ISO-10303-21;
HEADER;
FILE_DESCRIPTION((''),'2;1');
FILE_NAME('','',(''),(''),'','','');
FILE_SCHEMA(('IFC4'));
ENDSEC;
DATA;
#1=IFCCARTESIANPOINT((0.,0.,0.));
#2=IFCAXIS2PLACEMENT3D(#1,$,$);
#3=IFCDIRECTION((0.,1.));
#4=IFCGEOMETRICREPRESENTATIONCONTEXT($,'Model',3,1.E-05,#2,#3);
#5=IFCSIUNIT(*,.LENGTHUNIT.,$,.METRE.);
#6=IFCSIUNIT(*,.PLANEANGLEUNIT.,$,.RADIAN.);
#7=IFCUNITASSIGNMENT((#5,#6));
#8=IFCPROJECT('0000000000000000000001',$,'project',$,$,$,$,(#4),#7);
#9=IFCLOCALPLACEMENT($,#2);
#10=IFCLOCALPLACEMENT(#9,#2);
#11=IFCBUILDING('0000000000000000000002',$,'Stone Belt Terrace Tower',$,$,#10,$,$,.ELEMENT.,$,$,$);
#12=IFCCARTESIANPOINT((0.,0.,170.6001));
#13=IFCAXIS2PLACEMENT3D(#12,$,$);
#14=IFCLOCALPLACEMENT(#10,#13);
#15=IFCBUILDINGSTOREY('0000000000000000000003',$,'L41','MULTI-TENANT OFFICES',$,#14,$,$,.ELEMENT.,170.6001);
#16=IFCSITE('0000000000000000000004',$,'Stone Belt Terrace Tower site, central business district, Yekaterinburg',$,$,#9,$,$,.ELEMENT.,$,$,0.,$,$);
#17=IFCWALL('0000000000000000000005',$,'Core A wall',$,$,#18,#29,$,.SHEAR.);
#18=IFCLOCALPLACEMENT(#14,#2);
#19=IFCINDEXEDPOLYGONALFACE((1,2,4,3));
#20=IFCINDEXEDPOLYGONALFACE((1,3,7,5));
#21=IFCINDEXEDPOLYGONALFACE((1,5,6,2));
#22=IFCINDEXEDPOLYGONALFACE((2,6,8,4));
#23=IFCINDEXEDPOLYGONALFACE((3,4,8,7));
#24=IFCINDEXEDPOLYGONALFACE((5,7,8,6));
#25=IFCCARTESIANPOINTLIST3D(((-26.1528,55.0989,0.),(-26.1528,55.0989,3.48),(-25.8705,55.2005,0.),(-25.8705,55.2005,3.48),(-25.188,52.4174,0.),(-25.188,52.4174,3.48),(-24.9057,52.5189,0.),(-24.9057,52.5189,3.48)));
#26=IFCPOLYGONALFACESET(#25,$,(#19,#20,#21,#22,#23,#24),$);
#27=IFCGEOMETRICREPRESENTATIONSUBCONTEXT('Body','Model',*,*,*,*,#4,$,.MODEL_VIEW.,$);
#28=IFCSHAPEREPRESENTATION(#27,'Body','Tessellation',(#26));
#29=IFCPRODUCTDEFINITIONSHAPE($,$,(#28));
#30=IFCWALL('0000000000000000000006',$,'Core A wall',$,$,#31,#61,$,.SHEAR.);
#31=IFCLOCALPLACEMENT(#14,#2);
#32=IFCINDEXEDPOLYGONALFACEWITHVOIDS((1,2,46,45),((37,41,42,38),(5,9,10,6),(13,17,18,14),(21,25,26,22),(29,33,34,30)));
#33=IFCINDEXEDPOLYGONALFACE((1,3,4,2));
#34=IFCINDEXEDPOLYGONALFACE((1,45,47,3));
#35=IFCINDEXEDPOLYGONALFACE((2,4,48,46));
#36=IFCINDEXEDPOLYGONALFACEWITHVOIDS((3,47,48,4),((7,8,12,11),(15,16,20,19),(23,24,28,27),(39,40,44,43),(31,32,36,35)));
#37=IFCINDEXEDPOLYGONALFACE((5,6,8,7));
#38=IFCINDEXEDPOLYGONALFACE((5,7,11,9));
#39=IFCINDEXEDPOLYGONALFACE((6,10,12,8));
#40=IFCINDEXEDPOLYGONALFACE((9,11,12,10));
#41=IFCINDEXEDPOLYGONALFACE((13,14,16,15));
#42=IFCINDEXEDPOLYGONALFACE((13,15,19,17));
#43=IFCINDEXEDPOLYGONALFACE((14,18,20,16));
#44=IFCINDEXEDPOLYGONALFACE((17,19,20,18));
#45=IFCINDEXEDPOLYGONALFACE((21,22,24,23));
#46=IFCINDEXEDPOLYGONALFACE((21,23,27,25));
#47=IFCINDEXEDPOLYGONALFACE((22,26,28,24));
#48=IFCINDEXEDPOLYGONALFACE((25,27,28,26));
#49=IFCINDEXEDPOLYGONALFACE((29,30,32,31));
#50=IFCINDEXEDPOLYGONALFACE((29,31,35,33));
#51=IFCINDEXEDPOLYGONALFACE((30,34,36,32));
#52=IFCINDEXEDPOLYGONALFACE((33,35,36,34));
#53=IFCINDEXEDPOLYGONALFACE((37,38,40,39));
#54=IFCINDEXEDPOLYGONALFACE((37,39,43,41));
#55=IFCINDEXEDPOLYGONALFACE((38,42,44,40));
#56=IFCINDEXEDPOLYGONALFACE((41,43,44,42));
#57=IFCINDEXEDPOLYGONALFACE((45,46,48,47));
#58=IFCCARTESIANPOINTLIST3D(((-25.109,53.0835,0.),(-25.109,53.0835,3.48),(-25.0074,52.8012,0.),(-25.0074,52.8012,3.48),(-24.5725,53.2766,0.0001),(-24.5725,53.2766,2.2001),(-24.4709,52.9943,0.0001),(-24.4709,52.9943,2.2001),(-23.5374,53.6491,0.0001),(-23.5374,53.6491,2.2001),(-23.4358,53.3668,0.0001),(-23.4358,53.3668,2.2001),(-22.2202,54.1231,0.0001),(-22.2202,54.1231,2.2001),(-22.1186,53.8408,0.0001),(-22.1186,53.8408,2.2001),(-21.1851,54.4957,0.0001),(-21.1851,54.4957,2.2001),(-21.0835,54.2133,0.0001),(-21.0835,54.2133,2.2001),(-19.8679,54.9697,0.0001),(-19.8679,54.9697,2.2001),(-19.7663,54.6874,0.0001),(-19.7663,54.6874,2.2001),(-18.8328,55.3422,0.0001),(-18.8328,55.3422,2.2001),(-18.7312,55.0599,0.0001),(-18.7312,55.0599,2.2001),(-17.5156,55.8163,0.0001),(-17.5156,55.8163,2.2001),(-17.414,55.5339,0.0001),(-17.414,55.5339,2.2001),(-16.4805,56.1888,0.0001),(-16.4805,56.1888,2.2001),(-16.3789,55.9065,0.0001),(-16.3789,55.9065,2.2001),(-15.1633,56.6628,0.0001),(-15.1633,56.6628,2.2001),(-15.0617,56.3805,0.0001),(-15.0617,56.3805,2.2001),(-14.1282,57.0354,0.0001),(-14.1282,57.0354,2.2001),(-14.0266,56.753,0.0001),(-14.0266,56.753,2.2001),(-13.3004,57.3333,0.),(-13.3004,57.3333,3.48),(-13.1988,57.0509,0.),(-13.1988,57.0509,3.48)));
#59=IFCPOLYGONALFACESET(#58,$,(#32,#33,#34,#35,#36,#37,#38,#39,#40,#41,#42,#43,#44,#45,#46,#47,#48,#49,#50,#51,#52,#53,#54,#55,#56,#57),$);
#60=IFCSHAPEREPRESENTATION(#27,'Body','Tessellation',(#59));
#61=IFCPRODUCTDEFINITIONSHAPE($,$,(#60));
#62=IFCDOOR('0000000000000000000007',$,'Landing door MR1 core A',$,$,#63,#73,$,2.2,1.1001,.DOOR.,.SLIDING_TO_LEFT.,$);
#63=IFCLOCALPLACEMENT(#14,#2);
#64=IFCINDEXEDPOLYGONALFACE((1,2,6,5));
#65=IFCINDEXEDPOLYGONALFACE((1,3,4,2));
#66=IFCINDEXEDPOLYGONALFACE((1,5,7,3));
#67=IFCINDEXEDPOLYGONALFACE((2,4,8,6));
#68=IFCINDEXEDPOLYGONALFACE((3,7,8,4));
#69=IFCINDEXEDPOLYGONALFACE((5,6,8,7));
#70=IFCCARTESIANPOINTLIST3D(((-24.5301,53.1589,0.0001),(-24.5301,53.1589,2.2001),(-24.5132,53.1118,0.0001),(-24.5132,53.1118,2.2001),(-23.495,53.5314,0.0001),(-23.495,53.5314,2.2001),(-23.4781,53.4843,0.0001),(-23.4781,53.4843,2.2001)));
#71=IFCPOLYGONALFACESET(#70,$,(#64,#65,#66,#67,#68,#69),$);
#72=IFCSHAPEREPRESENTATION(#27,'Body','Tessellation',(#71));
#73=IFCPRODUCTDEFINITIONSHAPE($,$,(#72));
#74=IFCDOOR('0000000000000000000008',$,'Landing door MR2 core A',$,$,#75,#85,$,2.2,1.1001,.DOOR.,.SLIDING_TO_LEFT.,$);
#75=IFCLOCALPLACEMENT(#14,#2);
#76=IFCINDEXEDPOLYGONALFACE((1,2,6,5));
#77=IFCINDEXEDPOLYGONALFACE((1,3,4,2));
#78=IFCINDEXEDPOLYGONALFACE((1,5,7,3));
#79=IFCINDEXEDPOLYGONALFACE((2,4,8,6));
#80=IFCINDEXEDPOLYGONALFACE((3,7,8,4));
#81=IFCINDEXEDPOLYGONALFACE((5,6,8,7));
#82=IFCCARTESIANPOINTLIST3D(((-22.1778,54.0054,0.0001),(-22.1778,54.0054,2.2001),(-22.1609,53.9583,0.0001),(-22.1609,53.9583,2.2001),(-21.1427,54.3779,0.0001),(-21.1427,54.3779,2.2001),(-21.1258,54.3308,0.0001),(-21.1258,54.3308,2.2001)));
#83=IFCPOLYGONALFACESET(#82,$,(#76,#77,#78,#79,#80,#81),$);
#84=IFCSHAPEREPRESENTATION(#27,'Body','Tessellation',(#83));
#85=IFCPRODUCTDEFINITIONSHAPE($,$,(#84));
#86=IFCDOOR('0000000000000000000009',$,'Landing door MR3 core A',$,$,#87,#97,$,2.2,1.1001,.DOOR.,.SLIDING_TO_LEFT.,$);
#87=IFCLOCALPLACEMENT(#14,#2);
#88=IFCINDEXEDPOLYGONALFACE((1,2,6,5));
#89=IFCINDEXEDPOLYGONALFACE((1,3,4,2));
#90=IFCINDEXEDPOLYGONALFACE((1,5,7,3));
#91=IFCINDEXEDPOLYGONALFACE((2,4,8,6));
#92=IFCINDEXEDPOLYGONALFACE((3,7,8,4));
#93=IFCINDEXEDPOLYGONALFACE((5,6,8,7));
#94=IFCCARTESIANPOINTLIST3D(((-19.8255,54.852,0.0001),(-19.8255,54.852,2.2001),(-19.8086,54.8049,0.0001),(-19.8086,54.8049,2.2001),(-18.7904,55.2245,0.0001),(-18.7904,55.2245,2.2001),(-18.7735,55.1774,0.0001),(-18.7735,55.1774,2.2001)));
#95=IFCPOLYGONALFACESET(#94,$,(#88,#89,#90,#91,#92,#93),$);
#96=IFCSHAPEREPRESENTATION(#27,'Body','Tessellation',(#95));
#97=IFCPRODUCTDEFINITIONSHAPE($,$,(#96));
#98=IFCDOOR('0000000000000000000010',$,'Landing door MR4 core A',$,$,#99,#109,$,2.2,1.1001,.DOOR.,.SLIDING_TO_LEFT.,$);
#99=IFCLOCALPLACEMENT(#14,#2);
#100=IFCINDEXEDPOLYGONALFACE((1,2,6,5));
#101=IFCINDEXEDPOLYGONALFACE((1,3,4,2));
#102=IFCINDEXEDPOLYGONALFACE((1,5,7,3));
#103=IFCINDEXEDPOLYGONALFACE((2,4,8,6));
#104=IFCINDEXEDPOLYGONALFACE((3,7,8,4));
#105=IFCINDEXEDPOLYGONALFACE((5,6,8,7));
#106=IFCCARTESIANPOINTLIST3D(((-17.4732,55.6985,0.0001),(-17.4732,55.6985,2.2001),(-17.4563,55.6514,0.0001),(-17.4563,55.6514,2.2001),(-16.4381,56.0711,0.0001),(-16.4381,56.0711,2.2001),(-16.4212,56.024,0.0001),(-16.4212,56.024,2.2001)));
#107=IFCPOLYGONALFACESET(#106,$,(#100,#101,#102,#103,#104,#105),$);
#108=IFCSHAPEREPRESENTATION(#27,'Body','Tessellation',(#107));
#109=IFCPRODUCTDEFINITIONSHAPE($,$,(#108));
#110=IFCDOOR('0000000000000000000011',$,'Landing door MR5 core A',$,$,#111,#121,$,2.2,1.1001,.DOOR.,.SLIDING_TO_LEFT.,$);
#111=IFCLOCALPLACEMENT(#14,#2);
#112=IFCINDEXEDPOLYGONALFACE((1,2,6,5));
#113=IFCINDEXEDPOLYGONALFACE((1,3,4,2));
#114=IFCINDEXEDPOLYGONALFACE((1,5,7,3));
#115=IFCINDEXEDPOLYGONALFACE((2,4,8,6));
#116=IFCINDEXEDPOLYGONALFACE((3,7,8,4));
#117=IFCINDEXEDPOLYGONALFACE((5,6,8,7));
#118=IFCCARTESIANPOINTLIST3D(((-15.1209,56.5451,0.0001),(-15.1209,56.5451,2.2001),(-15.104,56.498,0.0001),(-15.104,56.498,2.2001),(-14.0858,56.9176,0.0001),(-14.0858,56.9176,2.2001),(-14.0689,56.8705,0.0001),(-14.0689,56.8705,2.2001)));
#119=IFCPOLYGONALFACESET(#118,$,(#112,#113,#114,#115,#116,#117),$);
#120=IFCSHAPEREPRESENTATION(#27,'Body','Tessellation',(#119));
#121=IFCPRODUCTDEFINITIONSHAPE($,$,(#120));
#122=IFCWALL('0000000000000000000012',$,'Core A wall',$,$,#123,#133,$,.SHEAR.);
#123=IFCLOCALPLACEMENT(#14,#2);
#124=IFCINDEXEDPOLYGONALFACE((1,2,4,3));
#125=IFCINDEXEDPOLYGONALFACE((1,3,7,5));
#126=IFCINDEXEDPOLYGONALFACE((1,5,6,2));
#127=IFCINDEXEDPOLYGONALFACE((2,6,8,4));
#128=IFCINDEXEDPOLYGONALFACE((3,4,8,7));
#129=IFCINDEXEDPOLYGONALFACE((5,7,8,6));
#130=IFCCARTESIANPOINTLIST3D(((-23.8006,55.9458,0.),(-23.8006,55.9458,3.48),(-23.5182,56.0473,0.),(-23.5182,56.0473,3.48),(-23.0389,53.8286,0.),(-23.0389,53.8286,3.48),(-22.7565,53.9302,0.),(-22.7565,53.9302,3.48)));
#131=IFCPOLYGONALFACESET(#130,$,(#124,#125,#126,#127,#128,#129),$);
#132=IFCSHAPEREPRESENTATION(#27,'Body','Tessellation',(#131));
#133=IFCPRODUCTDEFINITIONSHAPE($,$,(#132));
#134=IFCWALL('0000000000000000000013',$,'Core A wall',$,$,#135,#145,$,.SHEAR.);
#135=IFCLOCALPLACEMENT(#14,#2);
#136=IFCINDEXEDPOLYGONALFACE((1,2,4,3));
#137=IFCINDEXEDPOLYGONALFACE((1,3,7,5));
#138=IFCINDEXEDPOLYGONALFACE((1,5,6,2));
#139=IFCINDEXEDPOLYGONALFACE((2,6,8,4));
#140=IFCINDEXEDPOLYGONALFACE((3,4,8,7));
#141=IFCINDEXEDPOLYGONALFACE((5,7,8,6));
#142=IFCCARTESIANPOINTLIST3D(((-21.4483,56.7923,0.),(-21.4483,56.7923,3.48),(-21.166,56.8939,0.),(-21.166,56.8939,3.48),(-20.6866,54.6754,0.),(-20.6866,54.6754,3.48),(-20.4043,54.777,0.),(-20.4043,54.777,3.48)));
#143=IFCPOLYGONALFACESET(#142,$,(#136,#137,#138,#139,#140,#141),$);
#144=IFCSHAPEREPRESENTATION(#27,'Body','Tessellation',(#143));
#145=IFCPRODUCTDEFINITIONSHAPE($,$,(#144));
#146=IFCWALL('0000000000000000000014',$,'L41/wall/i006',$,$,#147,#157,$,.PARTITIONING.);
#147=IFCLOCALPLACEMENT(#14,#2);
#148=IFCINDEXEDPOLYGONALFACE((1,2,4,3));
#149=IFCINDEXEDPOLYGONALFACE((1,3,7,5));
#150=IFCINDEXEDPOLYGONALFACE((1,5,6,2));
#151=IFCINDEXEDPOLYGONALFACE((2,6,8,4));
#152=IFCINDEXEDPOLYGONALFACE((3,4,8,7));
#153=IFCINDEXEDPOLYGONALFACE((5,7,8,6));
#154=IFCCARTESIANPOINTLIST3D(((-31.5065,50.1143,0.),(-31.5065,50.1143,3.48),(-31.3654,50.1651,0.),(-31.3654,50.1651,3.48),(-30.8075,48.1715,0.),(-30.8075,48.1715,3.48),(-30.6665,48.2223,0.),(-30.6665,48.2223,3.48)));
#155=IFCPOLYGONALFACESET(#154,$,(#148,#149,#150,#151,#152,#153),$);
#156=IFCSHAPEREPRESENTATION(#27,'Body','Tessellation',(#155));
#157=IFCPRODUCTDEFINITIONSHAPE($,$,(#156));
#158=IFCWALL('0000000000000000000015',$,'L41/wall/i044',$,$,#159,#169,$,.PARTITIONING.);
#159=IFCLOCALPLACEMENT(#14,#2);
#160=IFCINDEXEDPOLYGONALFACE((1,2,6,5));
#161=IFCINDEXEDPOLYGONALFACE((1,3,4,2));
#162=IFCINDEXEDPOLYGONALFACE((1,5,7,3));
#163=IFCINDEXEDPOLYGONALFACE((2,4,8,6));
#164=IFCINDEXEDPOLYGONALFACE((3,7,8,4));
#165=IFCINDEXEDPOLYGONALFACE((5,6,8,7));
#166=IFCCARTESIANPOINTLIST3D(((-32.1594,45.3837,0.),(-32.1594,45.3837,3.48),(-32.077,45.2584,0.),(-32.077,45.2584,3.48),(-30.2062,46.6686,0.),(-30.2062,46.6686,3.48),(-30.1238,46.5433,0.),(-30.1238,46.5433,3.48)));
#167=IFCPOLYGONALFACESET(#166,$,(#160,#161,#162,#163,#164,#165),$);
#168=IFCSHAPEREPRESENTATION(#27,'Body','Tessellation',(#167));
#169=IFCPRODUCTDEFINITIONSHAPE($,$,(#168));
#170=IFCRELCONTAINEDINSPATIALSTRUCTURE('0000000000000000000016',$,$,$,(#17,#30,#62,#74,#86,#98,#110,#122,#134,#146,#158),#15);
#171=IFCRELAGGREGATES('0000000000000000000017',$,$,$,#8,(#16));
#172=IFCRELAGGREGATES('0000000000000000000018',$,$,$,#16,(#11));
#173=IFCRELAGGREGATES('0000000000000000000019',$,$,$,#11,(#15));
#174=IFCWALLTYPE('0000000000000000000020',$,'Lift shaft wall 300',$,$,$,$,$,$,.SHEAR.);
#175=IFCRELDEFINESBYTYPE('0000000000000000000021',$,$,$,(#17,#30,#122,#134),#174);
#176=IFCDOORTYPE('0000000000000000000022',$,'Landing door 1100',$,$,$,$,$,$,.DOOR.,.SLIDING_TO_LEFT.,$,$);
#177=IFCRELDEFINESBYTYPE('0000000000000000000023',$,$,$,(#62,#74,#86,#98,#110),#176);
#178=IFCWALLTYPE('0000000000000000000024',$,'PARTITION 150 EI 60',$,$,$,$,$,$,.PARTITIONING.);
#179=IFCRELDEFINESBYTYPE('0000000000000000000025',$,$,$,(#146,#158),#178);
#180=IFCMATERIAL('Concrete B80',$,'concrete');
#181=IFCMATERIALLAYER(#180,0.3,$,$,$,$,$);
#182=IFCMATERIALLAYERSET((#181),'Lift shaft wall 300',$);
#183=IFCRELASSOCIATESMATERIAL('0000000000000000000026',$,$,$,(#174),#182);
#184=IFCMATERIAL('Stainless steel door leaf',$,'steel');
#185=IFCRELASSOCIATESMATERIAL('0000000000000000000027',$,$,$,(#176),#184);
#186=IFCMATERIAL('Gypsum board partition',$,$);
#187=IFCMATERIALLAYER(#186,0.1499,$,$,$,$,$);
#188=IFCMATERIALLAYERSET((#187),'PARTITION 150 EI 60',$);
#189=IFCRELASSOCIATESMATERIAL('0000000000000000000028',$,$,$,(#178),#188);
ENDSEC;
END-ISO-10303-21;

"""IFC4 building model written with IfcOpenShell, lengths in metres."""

from ifc_helpers import new_model, si_unit, direction, frame, frame_2d, origin, place, context, subcontext, project, spatial, rectangle, extrude, material, layer, layer_set, type_object, element, fill, save


model = new_model("IFC4")

# Units and contexts
model_context = context("Model", 3, precision=1e-05, world=origin(), true_north=direction((0.0, 1.0)))
body_context = subcontext(model_context, "Body", "Model", "MODEL_VIEW")
ifc_project = project(units=[si_unit("LENGTHUNIT", "METRE"), si_unit("PLANEANGLEUNIT", "RADIAN")], contexts=[model_context])

# Site, building, storey
site_placement = place(None, origin())
site = spatial("IfcSite", under=ifc_project, at=site_placement, Name="Stone Belt Terrace Tower site, central business district, Yekaterinburg", CompositionType="ELEMENT", RefElevation=0.0)
building_placement = place(site_placement, origin())
building = spatial("IfcBuilding", under=site, at=building_placement, Name="Stone Belt Terrace Tower", CompositionType="ELEMENT")
storey_placement = place(building_placement, frame((0.0, 0.0, 170.6001)))
storey = spatial("IfcBuildingStorey", under=building, at=storey_placement, Name="L41", Description="MULTI-TENANT OFFICES", CompositionType="ELEMENT", Elevation=170.6001)

# Shared definitions
ifc_material_1 = material(Name="Concrete B80", Category="concrete")

# Shared definitions
ifc_layer_1 = layer(ifc_material_1, 0.3)
ifc_layer_set_1 = layer_set([ifc_layer_1], Name="Lift shaft wall 300")
wall_type_1 = type_object("IfcWallType", Name="Lift shaft wall 300", PredefinedType="SHEAR", material=ifc_layer_set_1)
ifc_material_2 = material(Name="Stainless steel door leaf", Category="steel")

# Wall
wall_1_placement = place(storey_placement, frame((-25.0469, 52.4683, 0.0), z_axis=(0.0, 0.0, 1.0), x_axis=(-0.33855, 0.940949, 0.0)))
element("IfcWall", 1, at=wall_1_placement, inside=storey, type_object=wall_type_1, Name="Core A wall", PredefinedType="SHEAR", context=body_context, shape_type="SweptSolid", body=[
    extrude(rectangle(XDim=2.8499, YDim=0.3, at=frame_2d((1.4248, 0.0))), origin(), (0.0, 0.0, 1.0), 3.48),
])

# Wall, openings, doors
wall_2_placement = place(storey_placement, frame((-25.0581, 52.9424, 0.0), z_axis=(0.0, 0.0, 1.0), x_axis=(0.940921, 0.338625, 0.0)))
wall_2 = element("IfcWall", 2, at=wall_2_placement, inside=storey, type_object=wall_type_1, Name="Core A wall", PredefinedType="SHEAR", context=body_context, shape_type="SweptSolid", body=[
    extrude(rectangle(XDim=12.55, YDim=0.3, at=frame_2d((6.2749, 0.0))), origin(), (0.0, 0.0, 1.0), 3.48),
])
opening_1_placement = place(wall_2_placement, frame((0.5701, 0.0, 0.0)))
opening_1 = element("IfcOpeningElement", 3, at=opening_1_placement, cuts=wall_2, PredefinedType="OPENING", context=body_context, shape_type="SweptSolid", body=[
    extrude(rectangle(XDim=1.1001, YDim=2.2, at=frame_2d((0.55, 1.1001))), frame((0.0, 0.1599, 0.0), z_axis=(0.0, -1.0, 0.0), x_axis=(1.0, 0.0, 0.0)), (0.0, 0.0, 1.0), 0.3201),
])
opening_2_placement = place(wall_2_placement, frame((3.0701, 0.0, 0.0)))
opening_2 = element("IfcOpeningElement", 4, at=opening_2_placement, cuts=wall_2, PredefinedType="OPENING", context=body_context, shape_type="SweptSolid", body=[
    extrude(rectangle(XDim=1.1001, YDim=2.2, at=frame_2d((0.55, 1.1001))), frame((0.0, 0.1599, 0.0), z_axis=(0.0, -1.0, 0.0), x_axis=(1.0, 0.0, 0.0)), (0.0, 0.0, 1.0), 0.3201),
])
opening_3_placement = place(wall_2_placement, frame((5.5701, 0.0, 0.0)))
opening_3 = element("IfcOpeningElement", 5, at=opening_3_placement, cuts=wall_2, PredefinedType="OPENING", context=body_context, shape_type="SweptSolid", body=[
    extrude(rectangle(XDim=1.1001, YDim=2.2, at=frame_2d((0.55, 1.1001))), frame((0.0, 0.1599, 0.0), z_axis=(0.0, -1.0, 0.0), x_axis=(1.0, 0.0, 0.0)), (0.0, 0.0, 1.0), 0.3201),
])
opening_4_placement = place(wall_2_placement, frame((8.0701, 0.0, 0.0)))
opening_4 = element("IfcOpeningElement", 6, at=opening_4_placement, cuts=wall_2, PredefinedType="OPENING", context=body_context, shape_type="SweptSolid", body=[
    extrude(rectangle(XDim=1.1001, YDim=2.2, at=frame_2d((0.55, 1.1001))), frame((0.0, 0.1599, 0.0), z_axis=(0.0, -1.0, 0.0), x_axis=(1.0, 0.0, 0.0)), (0.0, 0.0, 1.0), 0.3201),
])
opening_5_placement = place(wall_2_placement, frame((10.5701, 0.0, 0.0)))
opening_5 = element("IfcOpeningElement", 7, at=opening_5_placement, cuts=wall_2, PredefinedType="OPENING", context=body_context, shape_type="SweptSolid", body=[
    extrude(rectangle(XDim=1.1001, YDim=2.2, at=frame_2d((0.55, 1.1001))), frame((0.0, 0.1599, 0.0), z_axis=(0.0, -1.0, 0.0), x_axis=(1.0, 0.0, 0.0)), (0.0, 0.0, 1.0), 0.3201),
])
door_type_1 = type_object("IfcDoorType", Name="Landing door 1100", OperationType="SLIDING_TO_LEFT", PredefinedType="DOOR", material=ifc_material_2)
door_1_placement = place(opening_1_placement, origin())
door_1 = element("IfcDoor", 8, at=door_1_placement, inside=storey, type_object=door_type_1, Name="Landing door MR1 core A", OperationType="SLIDING_TO_LEFT", OverallHeight=2.2, OverallWidth=1.1001, PredefinedType="DOOR", context=body_context, shape_type="SweptSolid", body=[
    extrude(rectangle(XDim=1.1001, YDim=2.2, at=frame_2d((0.55, 1.1001))), frame((0.0, 0.0249, 0.0), z_axis=(0.0, -1.0, 0.0), x_axis=(1.0, 0.0, 0.0)), (0.0, 0.0, 1.0), 0.05),
])
fill(opening_1, door_1)
door_2_placement = place(opening_2_placement, origin())
door_2 = element("IfcDoor", 9, at=door_2_placement, inside=storey, type_object=door_type_1, Name="Landing door MR2 core A", OperationType="SLIDING_TO_LEFT", OverallHeight=2.2, OverallWidth=1.1001, PredefinedType="DOOR", context=body_context, shape_type="SweptSolid", body=[
    extrude(rectangle(XDim=1.1001, YDim=2.2, at=frame_2d((0.55, 1.1001))), frame((0.0, 0.0249, 0.0), z_axis=(0.0, -1.0, 0.0), x_axis=(1.0, 0.0, 0.0)), (0.0, 0.0, 1.0), 0.05),
])
fill(opening_2, door_2)
door_3_placement = place(opening_3_placement, origin())
door_3 = element("IfcDoor", 10, at=door_3_placement, inside=storey, type_object=door_type_1, Name="Landing door MR3 core A", OperationType="SLIDING_TO_LEFT", OverallHeight=2.2, OverallWidth=1.1001, PredefinedType="DOOR", context=body_context, shape_type="SweptSolid", body=[
    extrude(rectangle(XDim=1.1001, YDim=2.2, at=frame_2d((0.55, 1.1001))), frame((0.0, 0.0249, 0.0), z_axis=(0.0, -1.0, 0.0), x_axis=(1.0, 0.0, 0.0)), (0.0, 0.0, 1.0), 0.05),
])
fill(opening_3, door_3)
door_4_placement = place(opening_4_placement, origin())
door_4 = element("IfcDoor", 11, at=door_4_placement, inside=storey, type_object=door_type_1, Name="Landing door MR4 core A", OperationType="SLIDING_TO_LEFT", OverallHeight=2.2, OverallWidth=1.1001, PredefinedType="DOOR", context=body_context, shape_type="SweptSolid", body=[
    extrude(rectangle(XDim=1.1001, YDim=2.2, at=frame_2d((0.55, 1.1001))), frame((0.0, 0.0249, 0.0), z_axis=(0.0, -1.0, 0.0), x_axis=(1.0, 0.0, 0.0)), (0.0, 0.0, 1.0), 0.05),
])
fill(opening_4, door_4)
door_5_placement = place(opening_5_placement, origin())
door_5 = element("IfcDoor", 12, at=door_5_placement, inside=storey, type_object=door_type_1, Name="Landing door MR5 core A", OperationType="SLIDING_TO_LEFT", OverallHeight=2.2, OverallWidth=1.1001, PredefinedType="DOOR", context=body_context, shape_type="SweptSolid", body=[
    extrude(rectangle(XDim=1.1001, YDim=2.2, at=frame_2d((0.55, 1.1001))), frame((0.0, 0.0249, 0.0), z_axis=(0.0, -1.0, 0.0), x_axis=(1.0, 0.0, 0.0)), (0.0, 0.0, 1.0), 0.05),
])
fill(opening_5, door_5)

# Walls
wall_3_placement = place(storey_placement, frame((-22.8977, 53.8794, 0.0), z_axis=(0.0, 0.0, 1.0), x_axis=(-0.338535, 0.940954, 0.0)))
element("IfcWall", 13, at=wall_3_placement, inside=storey, type_object=wall_type_1, Name="Core A wall", PredefinedType="SHEAR", context=body_context, shape_type="SweptSolid", body=[
    extrude(rectangle(XDim=2.25, YDim=0.3, at=frame_2d((1.125, 0.0))), origin(), (0.0, 0.0, 1.0), 3.48),
])
wall_4_placement = place(storey_placement, frame((-20.5454, 54.7261, 0.0), z_axis=(0.0, 0.0, 1.0), x_axis=(-0.33857, 0.940941, 0.0)))
element("IfcWall", 14, at=wall_4_placement, inside=storey, type_object=wall_type_1, Name="Core A wall", PredefinedType="SHEAR", context=body_context, shape_type="SweptSolid", body=[
    extrude(rectangle(XDim=2.2498, YDim=0.3, at=frame_2d((1.125, 0.0))), origin(), (0.0, 0.0, 1.0), 3.48),
])
ifc_material_3 = material(Name="Gypsum board partition")
ifc_layer_2 = layer(ifc_material_3, 0.1499)
ifc_layer_set_2 = layer_set([ifc_layer_2], Name="PARTITION 150 EI 60")
wall_type_2 = type_object("IfcWallType", Name="PARTITION 150 EI 60", PredefinedType="PARTITIONING", material=ifc_layer_set_2)
wall_5_placement = place(storey_placement, frame((-30.7371, 48.197, 0.0), z_axis=(0.0, 0.0, 1.0), x_axis=(-0.338523, 0.940958, 0.0)))
element("IfcWall", 15, at=wall_5_placement, inside=storey, type_object=wall_type_2, Name="L41/wall/i006", PredefinedType="PARTITIONING", context=body_context, shape_type="SweptSolid", body=[
    extrude(rectangle(XDim=2.0647, YDim=0.1499, at=frame_2d((1.0322, 0.0))), origin(), (0.0, 0.0, 1.0), 3.48),
])
wall_6_placement = place(storey_placement, frame((-30.165, 46.606, 0.0), z_axis=(0.0, 0.0, 1.0), x_axis=(-0.835425, -0.549605, 0.0)))
element("IfcWall", 16, at=wall_6_placement, inside=storey, type_object=wall_type_2, Name="L41/wall/i044", PredefinedType="PARTITIONING", context=body_context, shape_type="SweptSolid", body=[
    extrude(rectangle(XDim=2.3379, YDim=0.1499, at=frame_2d((1.1689, 0.0))), origin(), (0.0, 0.0, 1.0), 3.48),
])

save(model, "model.ifc")
